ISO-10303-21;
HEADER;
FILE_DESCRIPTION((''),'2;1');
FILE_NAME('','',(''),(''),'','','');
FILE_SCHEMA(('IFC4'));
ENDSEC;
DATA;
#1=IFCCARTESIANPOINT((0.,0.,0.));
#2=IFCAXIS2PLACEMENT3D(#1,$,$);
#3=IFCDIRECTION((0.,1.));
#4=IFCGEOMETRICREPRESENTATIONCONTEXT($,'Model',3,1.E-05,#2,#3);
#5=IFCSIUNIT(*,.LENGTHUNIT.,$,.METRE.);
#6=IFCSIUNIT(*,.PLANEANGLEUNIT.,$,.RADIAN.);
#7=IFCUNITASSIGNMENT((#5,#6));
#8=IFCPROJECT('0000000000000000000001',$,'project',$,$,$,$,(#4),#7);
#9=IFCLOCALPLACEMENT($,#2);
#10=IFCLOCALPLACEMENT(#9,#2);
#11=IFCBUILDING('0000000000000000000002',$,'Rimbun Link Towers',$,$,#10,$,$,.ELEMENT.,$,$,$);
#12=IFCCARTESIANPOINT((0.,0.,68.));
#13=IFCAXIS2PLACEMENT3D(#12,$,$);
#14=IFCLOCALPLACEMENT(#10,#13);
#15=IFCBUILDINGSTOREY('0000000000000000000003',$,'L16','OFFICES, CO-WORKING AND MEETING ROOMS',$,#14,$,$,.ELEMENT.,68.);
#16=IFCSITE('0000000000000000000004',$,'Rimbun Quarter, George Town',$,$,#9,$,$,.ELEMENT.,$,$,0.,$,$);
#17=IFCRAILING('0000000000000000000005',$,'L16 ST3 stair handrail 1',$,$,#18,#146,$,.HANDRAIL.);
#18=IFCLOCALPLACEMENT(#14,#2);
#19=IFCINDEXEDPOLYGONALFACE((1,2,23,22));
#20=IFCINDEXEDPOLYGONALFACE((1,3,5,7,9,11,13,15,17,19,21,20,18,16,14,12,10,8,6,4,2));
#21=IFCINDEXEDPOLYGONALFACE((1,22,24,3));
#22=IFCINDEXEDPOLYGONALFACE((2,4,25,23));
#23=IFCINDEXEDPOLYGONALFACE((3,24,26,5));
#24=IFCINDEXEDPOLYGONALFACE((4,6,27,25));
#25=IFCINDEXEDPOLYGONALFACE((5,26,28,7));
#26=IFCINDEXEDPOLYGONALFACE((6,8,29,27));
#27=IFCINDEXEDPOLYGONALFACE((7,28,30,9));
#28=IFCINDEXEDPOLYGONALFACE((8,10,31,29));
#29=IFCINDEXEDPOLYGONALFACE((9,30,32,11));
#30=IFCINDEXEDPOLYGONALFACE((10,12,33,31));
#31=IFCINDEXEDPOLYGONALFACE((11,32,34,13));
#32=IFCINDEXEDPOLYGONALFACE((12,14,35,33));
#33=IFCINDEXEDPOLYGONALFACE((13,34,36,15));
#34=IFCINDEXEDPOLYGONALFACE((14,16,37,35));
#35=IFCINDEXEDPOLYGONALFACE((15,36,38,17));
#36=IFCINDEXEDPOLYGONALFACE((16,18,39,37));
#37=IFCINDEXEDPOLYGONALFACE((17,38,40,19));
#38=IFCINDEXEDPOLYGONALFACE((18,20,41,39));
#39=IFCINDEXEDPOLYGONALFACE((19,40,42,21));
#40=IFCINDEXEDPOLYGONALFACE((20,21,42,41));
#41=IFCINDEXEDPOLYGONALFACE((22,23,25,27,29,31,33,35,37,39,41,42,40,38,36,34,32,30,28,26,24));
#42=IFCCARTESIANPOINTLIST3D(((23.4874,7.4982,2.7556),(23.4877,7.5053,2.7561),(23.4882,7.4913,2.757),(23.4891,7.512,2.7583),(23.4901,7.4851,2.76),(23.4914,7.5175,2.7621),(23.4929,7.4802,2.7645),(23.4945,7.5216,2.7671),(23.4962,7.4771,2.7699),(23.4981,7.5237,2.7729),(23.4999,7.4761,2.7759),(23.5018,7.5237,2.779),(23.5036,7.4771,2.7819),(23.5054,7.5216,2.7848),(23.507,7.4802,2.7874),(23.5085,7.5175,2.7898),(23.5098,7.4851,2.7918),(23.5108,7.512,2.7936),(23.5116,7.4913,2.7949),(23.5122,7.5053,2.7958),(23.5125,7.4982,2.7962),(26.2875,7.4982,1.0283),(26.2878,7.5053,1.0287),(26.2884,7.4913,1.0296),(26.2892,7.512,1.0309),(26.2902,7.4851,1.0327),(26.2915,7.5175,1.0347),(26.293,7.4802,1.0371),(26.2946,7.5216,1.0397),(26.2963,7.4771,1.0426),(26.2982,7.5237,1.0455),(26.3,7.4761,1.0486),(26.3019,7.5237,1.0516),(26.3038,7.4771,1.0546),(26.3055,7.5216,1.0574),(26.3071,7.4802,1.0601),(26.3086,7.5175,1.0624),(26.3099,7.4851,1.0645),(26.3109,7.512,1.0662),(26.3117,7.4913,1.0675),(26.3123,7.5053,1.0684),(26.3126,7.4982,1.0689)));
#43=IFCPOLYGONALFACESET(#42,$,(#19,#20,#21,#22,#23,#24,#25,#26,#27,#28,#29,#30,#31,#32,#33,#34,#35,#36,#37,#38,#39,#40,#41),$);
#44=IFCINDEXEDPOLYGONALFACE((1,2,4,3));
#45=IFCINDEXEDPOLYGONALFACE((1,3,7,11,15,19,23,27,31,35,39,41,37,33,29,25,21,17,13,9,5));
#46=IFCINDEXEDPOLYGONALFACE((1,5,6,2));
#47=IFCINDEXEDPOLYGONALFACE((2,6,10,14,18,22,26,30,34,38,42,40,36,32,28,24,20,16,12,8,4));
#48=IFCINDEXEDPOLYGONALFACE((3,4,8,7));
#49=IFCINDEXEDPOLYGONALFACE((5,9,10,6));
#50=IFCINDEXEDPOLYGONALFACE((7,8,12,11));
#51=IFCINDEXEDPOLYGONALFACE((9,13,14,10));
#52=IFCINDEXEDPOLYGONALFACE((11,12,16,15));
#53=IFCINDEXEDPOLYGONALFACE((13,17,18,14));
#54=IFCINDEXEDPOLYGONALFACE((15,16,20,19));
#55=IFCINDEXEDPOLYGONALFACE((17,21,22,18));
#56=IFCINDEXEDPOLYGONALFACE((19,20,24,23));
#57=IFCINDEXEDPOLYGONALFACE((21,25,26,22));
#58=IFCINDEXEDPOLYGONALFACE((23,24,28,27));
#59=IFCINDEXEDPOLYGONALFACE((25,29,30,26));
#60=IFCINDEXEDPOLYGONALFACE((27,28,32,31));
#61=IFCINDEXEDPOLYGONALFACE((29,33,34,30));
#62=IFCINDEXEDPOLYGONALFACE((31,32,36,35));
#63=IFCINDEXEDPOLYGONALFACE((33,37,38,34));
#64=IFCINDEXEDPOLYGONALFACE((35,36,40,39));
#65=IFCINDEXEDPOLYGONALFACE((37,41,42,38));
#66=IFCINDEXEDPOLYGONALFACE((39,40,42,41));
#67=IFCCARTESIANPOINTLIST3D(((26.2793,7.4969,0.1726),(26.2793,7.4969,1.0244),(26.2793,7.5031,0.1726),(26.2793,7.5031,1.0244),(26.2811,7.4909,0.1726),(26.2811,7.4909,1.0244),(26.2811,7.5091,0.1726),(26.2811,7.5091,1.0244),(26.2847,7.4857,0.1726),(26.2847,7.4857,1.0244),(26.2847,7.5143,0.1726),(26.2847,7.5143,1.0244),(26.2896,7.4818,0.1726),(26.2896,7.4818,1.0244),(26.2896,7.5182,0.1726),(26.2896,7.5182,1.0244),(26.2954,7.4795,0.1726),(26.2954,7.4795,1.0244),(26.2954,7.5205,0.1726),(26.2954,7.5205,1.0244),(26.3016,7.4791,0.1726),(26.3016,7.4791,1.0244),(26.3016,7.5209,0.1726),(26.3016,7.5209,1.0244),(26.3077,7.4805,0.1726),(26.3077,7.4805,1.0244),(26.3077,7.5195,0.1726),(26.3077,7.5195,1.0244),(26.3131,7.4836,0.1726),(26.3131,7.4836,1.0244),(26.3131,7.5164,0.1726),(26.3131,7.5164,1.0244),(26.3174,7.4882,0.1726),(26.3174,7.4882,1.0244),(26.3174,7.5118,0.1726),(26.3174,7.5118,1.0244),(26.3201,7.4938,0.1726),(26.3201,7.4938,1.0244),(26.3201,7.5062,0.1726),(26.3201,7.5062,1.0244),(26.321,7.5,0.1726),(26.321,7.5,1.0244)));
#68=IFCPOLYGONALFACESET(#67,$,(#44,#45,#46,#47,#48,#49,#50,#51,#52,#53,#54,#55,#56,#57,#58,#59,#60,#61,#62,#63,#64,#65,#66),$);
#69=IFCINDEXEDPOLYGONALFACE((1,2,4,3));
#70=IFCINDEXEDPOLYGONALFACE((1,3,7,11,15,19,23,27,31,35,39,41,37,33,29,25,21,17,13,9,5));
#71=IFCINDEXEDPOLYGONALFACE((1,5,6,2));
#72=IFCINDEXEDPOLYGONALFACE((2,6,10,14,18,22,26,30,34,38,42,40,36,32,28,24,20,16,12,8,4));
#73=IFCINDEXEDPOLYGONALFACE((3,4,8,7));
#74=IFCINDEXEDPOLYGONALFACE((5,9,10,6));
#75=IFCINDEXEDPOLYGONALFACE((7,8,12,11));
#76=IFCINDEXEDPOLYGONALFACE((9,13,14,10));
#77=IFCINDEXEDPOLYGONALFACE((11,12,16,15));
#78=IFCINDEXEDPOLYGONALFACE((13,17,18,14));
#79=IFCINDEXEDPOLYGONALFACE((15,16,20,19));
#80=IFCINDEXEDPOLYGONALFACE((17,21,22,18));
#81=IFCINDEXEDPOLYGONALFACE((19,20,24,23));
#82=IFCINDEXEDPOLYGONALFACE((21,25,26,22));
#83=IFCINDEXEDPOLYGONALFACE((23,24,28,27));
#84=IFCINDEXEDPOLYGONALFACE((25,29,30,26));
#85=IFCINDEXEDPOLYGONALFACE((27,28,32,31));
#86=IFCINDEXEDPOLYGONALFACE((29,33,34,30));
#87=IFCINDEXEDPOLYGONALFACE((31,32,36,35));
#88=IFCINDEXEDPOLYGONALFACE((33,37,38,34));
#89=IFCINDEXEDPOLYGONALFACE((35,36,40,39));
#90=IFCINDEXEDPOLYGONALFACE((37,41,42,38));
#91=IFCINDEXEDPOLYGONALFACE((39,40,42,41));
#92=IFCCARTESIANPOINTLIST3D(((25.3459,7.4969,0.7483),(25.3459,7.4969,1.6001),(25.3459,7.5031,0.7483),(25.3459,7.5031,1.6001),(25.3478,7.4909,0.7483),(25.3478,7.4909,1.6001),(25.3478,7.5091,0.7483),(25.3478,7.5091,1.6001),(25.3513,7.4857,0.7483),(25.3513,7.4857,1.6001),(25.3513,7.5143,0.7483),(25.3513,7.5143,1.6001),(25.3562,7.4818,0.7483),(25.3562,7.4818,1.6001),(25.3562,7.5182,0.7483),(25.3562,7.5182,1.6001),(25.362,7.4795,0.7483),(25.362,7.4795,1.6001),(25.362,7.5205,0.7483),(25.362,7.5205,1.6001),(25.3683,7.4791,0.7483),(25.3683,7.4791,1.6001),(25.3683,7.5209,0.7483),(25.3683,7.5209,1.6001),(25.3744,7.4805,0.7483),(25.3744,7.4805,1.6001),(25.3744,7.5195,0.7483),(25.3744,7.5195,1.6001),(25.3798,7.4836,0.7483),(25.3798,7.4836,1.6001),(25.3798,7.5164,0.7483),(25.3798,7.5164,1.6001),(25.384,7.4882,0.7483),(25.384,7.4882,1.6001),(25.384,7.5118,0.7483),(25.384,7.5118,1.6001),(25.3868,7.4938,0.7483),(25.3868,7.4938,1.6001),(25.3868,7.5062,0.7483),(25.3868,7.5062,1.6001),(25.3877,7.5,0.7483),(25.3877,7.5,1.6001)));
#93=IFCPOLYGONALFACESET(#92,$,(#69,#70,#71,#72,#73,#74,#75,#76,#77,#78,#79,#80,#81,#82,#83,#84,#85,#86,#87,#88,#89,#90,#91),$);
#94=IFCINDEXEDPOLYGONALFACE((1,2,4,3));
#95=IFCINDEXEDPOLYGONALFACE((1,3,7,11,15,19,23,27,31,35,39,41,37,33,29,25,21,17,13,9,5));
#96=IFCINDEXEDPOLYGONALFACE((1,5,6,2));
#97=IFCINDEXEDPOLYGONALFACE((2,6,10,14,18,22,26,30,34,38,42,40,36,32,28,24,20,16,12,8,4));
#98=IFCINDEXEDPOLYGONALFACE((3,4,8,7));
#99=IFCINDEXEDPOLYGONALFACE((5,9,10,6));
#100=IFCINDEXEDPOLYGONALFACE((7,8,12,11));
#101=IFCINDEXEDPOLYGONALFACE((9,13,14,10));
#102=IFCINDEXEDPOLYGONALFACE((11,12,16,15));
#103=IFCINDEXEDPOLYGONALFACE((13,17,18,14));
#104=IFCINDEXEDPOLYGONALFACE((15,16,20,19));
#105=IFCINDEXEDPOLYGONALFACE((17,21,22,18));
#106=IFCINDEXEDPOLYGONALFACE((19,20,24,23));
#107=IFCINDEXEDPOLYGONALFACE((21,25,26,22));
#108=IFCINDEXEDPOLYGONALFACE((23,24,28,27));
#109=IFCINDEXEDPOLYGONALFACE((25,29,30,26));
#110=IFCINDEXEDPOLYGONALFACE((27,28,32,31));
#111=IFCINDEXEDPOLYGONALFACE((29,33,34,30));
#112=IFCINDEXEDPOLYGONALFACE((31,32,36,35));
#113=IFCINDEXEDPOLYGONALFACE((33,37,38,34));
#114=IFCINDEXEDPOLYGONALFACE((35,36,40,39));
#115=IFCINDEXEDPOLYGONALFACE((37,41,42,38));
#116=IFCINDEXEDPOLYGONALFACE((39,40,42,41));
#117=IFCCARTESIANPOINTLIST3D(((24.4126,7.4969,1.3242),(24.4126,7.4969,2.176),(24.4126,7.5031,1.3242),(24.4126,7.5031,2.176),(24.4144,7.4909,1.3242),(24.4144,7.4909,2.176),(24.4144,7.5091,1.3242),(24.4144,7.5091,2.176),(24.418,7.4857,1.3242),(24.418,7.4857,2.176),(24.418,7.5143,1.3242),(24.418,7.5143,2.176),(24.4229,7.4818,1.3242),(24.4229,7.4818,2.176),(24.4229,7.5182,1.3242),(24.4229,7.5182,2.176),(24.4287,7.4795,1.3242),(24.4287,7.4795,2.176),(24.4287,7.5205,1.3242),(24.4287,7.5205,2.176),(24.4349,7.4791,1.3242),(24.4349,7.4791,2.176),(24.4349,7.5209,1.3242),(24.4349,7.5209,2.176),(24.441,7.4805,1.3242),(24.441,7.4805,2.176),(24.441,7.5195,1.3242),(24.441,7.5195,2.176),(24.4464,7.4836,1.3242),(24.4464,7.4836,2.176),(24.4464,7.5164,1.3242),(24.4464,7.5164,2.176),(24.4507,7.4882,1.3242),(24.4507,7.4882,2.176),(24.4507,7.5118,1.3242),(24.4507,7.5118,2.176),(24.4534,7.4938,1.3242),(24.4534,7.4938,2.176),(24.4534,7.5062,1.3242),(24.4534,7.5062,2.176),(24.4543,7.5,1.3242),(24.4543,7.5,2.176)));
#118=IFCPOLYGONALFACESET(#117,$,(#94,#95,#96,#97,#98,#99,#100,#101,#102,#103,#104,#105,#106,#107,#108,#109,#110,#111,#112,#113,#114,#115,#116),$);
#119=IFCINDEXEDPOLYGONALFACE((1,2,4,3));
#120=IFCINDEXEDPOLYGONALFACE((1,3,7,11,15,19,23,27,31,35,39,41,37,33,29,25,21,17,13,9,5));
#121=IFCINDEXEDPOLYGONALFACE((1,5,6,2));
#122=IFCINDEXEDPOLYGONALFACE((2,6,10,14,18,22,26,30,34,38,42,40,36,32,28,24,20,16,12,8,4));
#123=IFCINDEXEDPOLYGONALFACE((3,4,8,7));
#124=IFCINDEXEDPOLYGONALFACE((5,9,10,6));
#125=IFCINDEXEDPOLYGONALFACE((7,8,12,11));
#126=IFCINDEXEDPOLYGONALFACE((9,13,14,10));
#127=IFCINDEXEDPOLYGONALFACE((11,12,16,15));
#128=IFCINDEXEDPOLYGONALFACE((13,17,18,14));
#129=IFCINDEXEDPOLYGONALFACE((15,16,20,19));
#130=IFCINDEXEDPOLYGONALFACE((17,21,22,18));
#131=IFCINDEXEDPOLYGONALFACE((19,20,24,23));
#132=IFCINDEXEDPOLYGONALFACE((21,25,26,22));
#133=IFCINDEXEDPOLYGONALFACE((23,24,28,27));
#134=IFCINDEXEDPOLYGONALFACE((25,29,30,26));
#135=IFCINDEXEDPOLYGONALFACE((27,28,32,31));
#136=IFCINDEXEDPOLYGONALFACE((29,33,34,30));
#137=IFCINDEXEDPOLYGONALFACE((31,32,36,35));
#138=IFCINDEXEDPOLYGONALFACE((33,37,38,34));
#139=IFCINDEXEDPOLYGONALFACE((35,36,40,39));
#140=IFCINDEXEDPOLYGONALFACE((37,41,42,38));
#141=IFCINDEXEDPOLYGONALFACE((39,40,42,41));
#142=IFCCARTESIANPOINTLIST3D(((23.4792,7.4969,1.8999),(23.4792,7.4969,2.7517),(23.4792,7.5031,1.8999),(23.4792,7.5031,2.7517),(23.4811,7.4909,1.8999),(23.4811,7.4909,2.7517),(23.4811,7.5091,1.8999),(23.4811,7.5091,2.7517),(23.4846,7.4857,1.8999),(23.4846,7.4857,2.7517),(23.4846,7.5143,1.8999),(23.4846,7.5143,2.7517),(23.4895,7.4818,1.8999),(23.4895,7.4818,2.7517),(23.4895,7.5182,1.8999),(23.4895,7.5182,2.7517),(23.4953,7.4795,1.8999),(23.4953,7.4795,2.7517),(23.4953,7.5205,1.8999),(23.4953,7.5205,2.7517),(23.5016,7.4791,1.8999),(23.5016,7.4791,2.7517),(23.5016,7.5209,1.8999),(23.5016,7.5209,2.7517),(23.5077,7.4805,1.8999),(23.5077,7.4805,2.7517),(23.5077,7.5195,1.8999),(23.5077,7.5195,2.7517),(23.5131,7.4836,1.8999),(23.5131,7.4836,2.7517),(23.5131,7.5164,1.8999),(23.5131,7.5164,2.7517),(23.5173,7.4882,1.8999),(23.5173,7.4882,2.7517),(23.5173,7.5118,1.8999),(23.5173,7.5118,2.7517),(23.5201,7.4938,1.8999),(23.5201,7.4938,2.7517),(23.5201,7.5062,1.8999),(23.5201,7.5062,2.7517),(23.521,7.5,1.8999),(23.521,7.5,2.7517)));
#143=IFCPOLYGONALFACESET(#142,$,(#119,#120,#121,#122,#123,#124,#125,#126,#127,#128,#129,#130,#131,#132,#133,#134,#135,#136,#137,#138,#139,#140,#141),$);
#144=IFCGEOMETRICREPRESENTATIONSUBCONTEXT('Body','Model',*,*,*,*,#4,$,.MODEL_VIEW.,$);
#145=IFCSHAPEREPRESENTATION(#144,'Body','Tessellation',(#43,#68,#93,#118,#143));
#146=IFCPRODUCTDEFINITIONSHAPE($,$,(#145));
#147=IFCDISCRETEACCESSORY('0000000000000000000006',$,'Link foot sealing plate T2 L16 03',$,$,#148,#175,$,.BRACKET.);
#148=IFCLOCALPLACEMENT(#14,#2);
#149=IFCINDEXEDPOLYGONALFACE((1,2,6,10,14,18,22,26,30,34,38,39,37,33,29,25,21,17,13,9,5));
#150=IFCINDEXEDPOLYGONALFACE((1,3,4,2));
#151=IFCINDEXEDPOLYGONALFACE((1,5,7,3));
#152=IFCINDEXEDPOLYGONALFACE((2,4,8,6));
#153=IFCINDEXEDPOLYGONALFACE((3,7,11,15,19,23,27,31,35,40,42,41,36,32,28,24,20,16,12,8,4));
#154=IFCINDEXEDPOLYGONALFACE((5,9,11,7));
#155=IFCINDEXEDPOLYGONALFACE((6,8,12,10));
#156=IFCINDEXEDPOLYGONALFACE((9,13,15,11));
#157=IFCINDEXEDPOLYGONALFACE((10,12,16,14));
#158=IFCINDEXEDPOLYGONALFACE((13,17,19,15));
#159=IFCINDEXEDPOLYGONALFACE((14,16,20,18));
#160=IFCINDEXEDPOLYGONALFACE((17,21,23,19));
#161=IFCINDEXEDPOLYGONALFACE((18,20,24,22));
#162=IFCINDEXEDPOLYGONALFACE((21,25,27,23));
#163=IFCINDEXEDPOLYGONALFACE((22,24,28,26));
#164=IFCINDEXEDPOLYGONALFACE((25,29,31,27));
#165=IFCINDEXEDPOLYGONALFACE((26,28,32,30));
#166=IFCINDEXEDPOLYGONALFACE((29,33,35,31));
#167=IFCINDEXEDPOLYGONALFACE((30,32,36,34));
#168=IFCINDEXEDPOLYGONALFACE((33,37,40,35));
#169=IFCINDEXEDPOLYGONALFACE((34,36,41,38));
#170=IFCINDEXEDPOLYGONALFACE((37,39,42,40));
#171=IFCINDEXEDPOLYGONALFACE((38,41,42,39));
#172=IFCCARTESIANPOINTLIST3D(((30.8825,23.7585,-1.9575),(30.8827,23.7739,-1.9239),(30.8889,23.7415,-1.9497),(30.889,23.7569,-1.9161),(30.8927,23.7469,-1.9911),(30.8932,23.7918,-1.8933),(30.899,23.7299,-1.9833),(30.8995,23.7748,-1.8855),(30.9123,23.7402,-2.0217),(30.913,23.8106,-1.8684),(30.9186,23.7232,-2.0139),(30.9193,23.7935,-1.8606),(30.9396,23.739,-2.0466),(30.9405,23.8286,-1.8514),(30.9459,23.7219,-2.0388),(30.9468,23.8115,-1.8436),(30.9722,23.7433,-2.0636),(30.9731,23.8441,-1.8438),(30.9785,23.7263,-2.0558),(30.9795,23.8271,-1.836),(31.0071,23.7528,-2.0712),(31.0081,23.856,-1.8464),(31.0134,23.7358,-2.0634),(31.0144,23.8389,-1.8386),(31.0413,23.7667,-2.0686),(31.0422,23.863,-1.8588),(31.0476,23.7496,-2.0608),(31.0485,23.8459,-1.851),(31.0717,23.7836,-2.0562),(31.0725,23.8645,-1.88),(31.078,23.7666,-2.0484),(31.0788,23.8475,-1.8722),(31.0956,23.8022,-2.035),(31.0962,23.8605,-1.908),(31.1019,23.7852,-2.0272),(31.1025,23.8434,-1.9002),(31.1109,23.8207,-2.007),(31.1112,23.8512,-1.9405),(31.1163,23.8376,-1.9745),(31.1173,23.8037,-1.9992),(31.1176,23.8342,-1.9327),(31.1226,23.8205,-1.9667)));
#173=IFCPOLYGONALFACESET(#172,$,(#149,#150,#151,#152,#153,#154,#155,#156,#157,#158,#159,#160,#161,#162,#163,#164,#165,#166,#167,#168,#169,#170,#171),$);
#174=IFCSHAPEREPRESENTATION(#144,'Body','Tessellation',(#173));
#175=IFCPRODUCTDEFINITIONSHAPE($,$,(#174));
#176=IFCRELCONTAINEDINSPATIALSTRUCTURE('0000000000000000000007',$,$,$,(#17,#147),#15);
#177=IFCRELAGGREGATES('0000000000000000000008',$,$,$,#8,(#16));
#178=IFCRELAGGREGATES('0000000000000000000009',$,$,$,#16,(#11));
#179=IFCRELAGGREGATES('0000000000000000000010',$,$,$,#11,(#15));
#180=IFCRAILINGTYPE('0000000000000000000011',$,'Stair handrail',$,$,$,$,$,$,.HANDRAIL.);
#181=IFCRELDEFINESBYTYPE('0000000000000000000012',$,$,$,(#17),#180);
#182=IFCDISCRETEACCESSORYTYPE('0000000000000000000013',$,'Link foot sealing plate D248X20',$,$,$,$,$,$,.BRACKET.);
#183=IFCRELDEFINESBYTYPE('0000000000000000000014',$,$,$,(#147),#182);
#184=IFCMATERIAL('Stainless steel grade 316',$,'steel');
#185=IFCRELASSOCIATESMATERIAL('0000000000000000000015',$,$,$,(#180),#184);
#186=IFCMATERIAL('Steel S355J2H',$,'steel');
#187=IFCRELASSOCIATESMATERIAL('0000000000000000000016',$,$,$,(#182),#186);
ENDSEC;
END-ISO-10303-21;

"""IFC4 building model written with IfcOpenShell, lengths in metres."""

from ifc_helpers import new_model, si_unit, direction, frame, origin, origin_2d, place, context, subcontext, project, spatial, circle, extrude, material, material_profile, profile_set, type_object, element, save


model = new_model("IFC4")

# Units and contexts
model_context = context("Model", 3, precision=1e-05, world=origin(), true_north=direction((0.0, 1.0)))
body_context = subcontext(model_context, "Body", "Model", "MODEL_VIEW")
ifc_project = project(units=[si_unit("LENGTHUNIT", "METRE"), si_unit("PLANEANGLEUNIT", "RADIAN")], contexts=[model_context])

# Site, building, storey
site_placement = place(None, origin())
site = spatial("IfcSite", under=ifc_project, at=site_placement, Name="Rimbun Quarter, George Town", CompositionType="ELEMENT", RefElevation=0.0)
building_placement = place(site_placement, origin())
building = spatial("IfcBuilding", under=site, at=building_placement, Name="Rimbun Link Towers", CompositionType="ELEMENT")
storey_placement = place(building_placement, frame((0.0, 0.0, 68.0)))
storey = spatial("IfcBuildingStorey", under=building, at=storey_placement, Name="L16", Description="OFFICES, CO-WORKING AND MEETING ROOMS", CompositionType="ELEMENT", Elevation=68.0)

# Railing
ifc_material_1 = material(Name="Stainless steel grade 316", Category="steel")
railing_type_1 = type_object("IfcRailingType", Name="Stair handrail", PredefinedType="HANDRAIL", material=ifc_material_1)
railing_1_placement = place(storey_placement, frame((26.3, 7.5, 0.1726)))
element("IfcRailing", 1, at=railing_1_placement, inside=storey, type_object=railing_type_1, Name="L16 ST3 stair handrail 1", PredefinedType="HANDRAIL", context=body_context, shape_type="SweptSolid", body=[
    extrude(circle(Radius=0.0239, at=origin_2d()), frame((0.0, 0.0, 0.876), z_axis=(-0.85109, 0.0, 0.52502), x_axis=(0.0, -1.0, 0.0)), (0.0, 0.0, 1.0), 3.29),
    extrude(circle(Radius=0.021, at=origin_2d()), origin(), (0.0, 0.0, 1.0), 0.8518),
    extrude(circle(Radius=0.021, at=origin_2d()), frame((-0.9333, 0.0, 0.5757)), (0.0, 0.0, 1.0), 0.8518),
    extrude(circle(Radius=0.021, at=origin_2d()), frame((-1.8667, 0.0, 1.1516)), (0.0, 0.0, 1.0), 0.8518),
    extrude(circle(Radius=0.021, at=origin_2d()), frame((-2.8, 0.0, 1.7273)), (0.0, 0.0, 1.0), 0.8518),
])

# Discrete accessory
ifc_material_2 = material(Name="Steel S355J2H", Category="steel")
ifc_material_profile_1 = material_profile(ifc_material_2, circle(Radius=0.124, at=origin_2d()), Name="PL D248")
ifc_profile_set_1 = profile_set([ifc_material_profile_1], Name="Steel S355J2H")
discrete_accessory_type = type_object("IfcDiscreteAccessoryType", Name="Link foot sealing plate D248X20", PredefinedType="BRACKET", material=ifc_profile_set_1)
discrete_accessory_placement = place(storey_placement, frame((31.0051, 23.7847, -1.9497), z_axis=(-0.320038, 0.86164, -0.393893), x_axis=(-0.937425, -0.348187, 0.0)))
element("IfcDiscreteAccessory", 2, at=discrete_accessory_placement, inside=storey, type_object=discrete_accessory_type, Name="Link foot sealing plate T2 L16 03", PredefinedType="BRACKET", context=body_context, shape_type="SweptSolid", body=[
    extrude(circle(Radius=0.124, at=origin_2d()), origin(), (0.0, 0.0, 1.0), 0.0198),
])

save(model, "model.ifc")
